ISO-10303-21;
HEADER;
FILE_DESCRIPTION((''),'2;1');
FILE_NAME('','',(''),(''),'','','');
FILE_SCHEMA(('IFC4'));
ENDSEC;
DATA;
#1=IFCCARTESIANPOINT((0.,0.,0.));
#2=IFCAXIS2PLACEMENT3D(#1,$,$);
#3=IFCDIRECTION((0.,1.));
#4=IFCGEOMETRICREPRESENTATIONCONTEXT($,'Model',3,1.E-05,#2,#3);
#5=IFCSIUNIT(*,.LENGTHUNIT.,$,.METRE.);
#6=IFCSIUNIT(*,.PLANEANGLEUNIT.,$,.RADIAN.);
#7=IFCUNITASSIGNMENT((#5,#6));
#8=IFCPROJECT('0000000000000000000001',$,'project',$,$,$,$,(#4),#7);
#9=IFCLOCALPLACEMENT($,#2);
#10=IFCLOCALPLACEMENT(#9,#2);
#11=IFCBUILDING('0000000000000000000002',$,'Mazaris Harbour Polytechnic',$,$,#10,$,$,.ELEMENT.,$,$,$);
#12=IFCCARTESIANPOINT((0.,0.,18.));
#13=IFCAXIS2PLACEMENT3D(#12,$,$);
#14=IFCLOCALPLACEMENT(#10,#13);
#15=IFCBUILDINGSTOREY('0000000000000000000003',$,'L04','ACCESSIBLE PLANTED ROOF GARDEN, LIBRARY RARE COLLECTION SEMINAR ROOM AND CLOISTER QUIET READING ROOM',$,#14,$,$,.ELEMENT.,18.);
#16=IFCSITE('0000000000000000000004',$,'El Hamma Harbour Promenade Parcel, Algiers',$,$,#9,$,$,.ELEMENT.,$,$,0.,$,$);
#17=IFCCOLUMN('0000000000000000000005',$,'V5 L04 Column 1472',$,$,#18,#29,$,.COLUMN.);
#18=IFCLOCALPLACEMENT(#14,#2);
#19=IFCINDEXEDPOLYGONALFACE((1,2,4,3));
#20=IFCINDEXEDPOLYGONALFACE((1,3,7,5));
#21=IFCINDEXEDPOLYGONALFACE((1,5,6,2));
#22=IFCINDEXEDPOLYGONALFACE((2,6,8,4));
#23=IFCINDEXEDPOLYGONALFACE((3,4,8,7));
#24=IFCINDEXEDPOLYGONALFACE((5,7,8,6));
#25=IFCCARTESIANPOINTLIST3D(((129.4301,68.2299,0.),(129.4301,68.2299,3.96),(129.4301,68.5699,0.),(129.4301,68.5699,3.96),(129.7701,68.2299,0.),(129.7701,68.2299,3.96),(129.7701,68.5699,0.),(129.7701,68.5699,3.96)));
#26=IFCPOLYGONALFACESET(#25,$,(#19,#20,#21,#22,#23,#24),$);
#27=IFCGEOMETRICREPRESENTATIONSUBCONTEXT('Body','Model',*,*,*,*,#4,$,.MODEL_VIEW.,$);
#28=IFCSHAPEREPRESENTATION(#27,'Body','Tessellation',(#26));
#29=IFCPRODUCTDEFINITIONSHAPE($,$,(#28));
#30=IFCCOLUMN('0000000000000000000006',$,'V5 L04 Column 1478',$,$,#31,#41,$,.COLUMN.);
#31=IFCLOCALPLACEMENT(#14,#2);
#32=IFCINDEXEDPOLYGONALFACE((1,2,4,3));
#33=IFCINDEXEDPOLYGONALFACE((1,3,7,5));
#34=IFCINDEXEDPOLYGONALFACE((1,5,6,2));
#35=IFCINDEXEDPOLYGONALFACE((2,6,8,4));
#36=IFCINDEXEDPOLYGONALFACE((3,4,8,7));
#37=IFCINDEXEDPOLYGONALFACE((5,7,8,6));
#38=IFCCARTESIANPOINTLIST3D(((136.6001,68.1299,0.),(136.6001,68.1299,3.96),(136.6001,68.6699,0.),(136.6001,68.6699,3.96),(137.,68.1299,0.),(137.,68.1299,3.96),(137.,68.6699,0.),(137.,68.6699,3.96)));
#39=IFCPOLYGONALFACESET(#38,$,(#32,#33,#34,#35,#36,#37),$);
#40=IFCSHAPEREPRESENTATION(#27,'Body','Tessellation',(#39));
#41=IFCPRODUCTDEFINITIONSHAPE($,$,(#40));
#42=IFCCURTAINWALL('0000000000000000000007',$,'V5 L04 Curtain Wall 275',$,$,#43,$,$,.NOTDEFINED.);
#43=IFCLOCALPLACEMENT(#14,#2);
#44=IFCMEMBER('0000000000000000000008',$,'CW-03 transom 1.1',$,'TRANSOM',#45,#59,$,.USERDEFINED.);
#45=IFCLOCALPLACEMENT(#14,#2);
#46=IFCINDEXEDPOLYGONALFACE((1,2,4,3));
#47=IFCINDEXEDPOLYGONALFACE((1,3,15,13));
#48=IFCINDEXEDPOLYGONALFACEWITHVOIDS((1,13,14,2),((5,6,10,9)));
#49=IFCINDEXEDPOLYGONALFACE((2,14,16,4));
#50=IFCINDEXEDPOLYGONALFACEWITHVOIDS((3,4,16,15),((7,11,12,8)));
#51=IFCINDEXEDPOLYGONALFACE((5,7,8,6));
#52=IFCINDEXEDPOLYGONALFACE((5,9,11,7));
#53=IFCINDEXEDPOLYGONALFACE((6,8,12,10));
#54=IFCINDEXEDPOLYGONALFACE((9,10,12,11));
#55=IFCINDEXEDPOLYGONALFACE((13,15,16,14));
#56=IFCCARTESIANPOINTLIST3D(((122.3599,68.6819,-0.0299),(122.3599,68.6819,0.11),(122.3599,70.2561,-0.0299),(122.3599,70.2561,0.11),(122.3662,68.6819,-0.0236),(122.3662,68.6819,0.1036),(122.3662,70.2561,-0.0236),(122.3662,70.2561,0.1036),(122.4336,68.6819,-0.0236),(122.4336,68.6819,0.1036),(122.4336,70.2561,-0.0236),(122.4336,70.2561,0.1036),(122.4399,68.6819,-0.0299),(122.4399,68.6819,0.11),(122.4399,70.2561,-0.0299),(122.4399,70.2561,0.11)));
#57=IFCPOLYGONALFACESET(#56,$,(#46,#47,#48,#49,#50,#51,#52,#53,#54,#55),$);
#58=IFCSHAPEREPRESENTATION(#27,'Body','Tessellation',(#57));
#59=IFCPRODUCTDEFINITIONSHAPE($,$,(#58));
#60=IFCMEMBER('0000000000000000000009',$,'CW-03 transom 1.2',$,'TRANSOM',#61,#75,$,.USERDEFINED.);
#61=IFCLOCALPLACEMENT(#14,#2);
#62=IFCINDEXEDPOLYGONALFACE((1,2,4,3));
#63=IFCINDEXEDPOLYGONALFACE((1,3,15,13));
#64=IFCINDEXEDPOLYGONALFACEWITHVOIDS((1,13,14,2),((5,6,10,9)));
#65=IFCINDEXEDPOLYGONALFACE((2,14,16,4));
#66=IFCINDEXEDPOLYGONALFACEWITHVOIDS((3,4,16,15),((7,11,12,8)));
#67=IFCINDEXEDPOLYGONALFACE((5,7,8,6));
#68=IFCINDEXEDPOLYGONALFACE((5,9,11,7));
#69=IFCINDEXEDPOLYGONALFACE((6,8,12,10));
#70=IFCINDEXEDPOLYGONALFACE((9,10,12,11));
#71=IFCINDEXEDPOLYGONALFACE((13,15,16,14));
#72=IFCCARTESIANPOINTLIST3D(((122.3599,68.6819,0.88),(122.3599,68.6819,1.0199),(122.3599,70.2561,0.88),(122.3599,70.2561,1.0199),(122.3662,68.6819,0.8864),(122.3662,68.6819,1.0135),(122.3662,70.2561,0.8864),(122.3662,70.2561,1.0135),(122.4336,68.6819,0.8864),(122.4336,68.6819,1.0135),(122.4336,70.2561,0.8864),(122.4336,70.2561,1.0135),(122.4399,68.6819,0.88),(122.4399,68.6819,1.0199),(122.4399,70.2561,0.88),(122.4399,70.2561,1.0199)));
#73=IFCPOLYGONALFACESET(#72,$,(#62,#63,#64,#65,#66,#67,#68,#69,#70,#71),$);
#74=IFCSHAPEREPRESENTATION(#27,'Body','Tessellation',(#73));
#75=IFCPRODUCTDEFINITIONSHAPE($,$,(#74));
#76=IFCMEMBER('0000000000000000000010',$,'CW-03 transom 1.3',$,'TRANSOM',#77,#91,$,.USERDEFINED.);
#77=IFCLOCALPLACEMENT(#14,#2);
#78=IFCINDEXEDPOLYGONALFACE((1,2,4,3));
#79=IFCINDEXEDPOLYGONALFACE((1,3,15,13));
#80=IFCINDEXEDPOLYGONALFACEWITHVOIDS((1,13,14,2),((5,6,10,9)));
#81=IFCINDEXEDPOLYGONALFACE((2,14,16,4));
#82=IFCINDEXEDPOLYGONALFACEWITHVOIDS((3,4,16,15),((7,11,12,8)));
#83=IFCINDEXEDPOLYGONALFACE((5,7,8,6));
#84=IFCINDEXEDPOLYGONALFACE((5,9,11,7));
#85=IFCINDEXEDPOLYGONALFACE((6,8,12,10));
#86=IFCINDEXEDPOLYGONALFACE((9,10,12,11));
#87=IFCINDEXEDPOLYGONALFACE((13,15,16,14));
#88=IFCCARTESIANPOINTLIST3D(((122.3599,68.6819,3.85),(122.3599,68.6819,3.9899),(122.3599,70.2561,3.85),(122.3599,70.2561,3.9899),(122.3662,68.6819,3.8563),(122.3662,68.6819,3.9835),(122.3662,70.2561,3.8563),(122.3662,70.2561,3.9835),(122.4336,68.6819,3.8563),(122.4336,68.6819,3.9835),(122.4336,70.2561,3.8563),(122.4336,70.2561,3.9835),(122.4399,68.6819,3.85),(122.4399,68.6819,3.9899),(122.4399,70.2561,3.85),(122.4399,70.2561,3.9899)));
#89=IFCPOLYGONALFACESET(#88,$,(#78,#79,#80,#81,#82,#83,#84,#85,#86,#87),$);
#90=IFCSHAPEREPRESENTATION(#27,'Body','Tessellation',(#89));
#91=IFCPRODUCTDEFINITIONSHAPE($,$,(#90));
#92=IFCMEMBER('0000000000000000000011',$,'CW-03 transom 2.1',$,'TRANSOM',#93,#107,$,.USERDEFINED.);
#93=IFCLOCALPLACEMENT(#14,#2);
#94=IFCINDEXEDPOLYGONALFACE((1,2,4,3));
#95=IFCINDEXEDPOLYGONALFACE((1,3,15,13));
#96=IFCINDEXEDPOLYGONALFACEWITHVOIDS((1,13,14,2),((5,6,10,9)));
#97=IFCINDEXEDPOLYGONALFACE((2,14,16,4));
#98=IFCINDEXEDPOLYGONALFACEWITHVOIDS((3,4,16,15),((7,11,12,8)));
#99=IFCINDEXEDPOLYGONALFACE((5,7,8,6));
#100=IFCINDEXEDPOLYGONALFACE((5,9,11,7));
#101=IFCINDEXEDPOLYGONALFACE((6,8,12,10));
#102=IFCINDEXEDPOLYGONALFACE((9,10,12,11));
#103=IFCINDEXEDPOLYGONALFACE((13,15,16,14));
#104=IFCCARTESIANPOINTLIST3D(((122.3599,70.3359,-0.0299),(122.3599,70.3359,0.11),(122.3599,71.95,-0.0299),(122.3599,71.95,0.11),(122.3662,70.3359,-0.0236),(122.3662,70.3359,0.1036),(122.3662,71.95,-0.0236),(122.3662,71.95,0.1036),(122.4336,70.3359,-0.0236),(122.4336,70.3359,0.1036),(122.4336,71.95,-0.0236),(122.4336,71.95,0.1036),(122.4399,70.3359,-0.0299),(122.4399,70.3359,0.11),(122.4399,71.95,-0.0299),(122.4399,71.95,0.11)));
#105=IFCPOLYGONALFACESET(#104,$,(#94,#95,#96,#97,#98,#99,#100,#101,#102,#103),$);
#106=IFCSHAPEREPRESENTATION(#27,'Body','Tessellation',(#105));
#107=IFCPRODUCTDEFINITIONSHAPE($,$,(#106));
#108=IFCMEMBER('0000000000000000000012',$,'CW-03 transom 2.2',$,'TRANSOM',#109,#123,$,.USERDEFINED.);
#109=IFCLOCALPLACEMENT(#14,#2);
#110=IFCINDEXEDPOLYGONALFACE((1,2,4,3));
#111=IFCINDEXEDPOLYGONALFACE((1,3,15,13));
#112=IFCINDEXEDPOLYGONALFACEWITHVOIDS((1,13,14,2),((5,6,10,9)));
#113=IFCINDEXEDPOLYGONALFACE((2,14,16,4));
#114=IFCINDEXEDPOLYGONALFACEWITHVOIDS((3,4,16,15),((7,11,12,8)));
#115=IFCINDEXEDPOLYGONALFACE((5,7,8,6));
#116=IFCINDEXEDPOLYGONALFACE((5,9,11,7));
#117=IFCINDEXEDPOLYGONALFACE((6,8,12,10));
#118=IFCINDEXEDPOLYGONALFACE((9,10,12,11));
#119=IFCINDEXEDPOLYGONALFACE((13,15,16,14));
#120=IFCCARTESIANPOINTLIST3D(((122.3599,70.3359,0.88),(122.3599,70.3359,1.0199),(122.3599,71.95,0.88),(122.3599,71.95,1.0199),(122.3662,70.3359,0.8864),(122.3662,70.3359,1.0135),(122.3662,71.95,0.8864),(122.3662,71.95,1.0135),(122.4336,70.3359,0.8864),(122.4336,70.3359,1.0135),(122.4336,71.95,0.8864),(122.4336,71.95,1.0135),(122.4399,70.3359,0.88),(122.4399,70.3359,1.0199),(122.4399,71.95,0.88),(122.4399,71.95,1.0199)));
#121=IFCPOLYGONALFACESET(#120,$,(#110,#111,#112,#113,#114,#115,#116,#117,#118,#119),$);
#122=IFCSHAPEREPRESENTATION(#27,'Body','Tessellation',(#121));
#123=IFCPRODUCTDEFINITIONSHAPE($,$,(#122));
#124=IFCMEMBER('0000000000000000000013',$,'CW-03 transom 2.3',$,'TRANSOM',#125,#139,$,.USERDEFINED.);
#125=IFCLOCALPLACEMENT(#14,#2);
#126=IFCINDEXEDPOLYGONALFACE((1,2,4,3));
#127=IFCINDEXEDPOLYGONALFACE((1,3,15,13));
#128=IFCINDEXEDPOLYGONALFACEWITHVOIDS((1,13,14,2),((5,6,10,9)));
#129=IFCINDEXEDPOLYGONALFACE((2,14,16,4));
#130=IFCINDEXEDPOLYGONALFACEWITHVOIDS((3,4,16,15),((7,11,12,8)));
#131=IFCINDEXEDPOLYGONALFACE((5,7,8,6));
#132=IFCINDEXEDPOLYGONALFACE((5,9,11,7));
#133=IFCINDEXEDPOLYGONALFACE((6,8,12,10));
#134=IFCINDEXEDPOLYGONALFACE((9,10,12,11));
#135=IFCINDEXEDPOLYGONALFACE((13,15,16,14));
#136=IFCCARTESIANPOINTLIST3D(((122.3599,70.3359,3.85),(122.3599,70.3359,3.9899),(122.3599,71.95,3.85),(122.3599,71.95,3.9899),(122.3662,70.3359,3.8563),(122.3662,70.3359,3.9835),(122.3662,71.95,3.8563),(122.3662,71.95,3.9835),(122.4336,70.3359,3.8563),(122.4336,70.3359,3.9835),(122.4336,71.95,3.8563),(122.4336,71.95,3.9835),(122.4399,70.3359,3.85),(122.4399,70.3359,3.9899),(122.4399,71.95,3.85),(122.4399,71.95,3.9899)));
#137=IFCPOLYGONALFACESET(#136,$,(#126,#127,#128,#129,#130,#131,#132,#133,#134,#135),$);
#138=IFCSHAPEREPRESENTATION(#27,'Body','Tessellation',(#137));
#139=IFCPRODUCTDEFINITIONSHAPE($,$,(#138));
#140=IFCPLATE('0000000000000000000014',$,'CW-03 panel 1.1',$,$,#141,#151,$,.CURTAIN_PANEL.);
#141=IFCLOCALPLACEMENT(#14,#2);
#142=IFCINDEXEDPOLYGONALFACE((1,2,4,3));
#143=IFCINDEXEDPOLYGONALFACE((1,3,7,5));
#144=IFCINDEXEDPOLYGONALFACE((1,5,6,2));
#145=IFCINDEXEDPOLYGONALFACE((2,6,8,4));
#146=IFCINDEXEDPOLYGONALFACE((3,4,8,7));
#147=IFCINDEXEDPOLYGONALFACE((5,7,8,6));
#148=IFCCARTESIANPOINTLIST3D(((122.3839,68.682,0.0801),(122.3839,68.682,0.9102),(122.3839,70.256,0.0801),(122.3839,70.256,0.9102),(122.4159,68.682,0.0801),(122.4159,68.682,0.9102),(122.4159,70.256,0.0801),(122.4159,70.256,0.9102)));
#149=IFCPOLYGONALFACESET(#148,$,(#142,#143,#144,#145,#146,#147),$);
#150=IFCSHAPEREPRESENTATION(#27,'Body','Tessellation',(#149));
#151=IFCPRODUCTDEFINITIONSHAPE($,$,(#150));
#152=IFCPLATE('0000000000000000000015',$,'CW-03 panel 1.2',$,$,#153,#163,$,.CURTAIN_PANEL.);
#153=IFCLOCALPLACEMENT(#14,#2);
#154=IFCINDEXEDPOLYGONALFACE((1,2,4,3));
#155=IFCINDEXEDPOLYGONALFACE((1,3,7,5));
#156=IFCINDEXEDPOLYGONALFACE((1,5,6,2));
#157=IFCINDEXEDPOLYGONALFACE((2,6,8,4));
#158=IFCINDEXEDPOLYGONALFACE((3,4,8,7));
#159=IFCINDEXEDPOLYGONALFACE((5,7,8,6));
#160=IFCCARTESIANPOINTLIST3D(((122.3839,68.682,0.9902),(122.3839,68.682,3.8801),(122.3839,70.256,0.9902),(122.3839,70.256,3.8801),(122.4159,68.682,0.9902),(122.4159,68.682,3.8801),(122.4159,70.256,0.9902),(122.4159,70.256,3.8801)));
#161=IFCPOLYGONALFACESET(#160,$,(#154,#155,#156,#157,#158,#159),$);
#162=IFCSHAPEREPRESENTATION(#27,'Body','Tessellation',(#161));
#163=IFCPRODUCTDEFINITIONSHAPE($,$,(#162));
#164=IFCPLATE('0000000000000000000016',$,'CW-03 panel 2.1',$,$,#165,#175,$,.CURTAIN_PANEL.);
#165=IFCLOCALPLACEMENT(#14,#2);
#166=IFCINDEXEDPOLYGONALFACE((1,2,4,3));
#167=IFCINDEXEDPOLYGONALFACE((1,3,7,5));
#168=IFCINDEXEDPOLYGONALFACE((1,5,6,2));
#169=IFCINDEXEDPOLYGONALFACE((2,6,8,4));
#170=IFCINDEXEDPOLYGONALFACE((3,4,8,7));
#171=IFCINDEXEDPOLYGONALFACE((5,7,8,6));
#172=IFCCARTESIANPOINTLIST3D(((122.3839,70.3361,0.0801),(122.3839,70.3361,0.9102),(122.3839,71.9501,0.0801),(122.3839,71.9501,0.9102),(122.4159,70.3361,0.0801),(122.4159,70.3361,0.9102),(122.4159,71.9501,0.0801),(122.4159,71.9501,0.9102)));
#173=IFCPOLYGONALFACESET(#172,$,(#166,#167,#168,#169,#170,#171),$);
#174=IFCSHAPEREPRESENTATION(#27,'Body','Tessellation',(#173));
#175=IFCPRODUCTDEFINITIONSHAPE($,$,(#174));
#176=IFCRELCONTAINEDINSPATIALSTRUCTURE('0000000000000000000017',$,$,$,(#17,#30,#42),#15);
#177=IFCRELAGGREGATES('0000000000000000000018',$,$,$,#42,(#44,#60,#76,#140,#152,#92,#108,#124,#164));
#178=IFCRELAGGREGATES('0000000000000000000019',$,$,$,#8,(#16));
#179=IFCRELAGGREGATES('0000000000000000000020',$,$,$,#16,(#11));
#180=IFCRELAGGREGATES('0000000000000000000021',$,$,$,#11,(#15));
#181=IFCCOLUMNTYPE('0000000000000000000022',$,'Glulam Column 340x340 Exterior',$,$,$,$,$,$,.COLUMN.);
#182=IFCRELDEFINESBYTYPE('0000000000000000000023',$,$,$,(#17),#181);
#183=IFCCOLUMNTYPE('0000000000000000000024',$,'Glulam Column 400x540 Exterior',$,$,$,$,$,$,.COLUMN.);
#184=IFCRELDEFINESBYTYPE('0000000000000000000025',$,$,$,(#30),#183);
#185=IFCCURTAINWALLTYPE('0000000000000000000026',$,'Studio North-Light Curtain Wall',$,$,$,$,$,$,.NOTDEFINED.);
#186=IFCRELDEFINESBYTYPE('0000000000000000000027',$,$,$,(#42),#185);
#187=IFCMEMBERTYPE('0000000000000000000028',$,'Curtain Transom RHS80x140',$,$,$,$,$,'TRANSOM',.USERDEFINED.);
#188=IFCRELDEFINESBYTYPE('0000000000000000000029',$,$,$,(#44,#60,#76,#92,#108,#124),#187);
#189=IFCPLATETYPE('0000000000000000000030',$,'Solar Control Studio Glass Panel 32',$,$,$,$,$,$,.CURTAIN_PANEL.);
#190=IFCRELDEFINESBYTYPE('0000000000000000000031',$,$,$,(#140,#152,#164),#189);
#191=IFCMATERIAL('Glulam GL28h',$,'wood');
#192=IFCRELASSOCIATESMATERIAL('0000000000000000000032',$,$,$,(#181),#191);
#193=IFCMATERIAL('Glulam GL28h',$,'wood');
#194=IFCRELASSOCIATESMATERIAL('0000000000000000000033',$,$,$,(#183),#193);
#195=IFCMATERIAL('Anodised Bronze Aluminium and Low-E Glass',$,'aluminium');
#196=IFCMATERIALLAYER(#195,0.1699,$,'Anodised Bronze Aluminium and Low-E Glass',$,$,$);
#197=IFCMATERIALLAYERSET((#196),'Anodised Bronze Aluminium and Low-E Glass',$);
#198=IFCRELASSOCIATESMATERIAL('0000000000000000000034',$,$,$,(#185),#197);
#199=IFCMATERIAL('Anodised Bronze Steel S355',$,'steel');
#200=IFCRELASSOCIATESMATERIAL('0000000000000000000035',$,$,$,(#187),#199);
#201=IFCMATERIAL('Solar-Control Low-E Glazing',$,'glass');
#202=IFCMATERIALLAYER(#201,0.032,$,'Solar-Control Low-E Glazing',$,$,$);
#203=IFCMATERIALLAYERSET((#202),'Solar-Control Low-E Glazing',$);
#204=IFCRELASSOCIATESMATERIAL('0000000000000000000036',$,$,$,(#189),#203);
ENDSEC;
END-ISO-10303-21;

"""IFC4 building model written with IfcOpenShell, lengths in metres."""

from ifc_helpers import new_model, si_unit, direction, frame, origin, origin_2d, place, context, subcontext, project, spatial, rectangle, hollow_rectangle, extrude, material, layer, layer_set, material_profile, profile_set, type_object, element, aggregate, save


model = new_model("IFC4")

# Units and contexts
model_context = context("Model", 3, precision=1e-05, world=origin(), true_north=direction((0.0, 1.0)))
body_context = subcontext(model_context, "Body", "Model", "MODEL_VIEW")
ifc_project = project(units=[si_unit("LENGTHUNIT", "METRE"), si_unit("PLANEANGLEUNIT", "RADIAN")], contexts=[model_context])

# Site, building, storey
site_placement = place(None, origin())
site = spatial("IfcSite", under=ifc_project, at=site_placement, Name="El Hamma Harbour Promenade Parcel, Algiers", CompositionType="ELEMENT", RefElevation=0.0)
building_placement = place(site_placement, origin())
building = spatial("IfcBuilding", under=site, at=building_placement, Name="Mazaris Harbour Polytechnic", CompositionType="ELEMENT")
storey_placement = place(building_placement, frame((0.0, 0.0, 18.0)))
storey = spatial("IfcBuildingStorey", under=building, at=storey_placement, Name="L04", Description="ACCESSIBLE PLANTED ROOF GARDEN, LIBRARY RARE COLLECTION SEMINAR ROOM AND CLOISTER QUIET READING ROOM", CompositionType="ELEMENT", Elevation=18.0)

# Columns
ifc_material_1 = material(Name="Glulam GL28h", Category="wood")
ifc_material_profile_1 = material_profile(ifc_material_1, rectangle(XDim=0.3401, YDim=0.3401, at=origin_2d()), Name="RECT340x340")
ifc_profile_set_1 = profile_set([ifc_material_profile_1], Name="Glulam GL28h")
column_type_1 = type_object("IfcColumnType", Name="Glulam Column 340x340 Exterior", PredefinedType="COLUMN", material=ifc_profile_set_1)
column_1_placement = place(storey_placement, frame((129.6001, 68.3999, 0.0), z_axis=(0.0, 0.0, 1.0), x_axis=(1.0, 0.0, 0.0)))
element("IfcColumn", 1, at=column_1_placement, inside=storey, type_object=column_type_1, Name="V5 L04 Column 1472", PredefinedType="COLUMN", context=body_context, shape_type="SweptSolid", body=[
    extrude(rectangle(XDim=0.3401, YDim=0.3401, at=origin_2d()), origin(), (0.0, 0.0, 1.0), 3.96),
])
ifc_material_2 = material(Name="Glulam GL28h", Category="wood")
ifc_material_profile_2 = material_profile(ifc_material_2, rectangle(XDim=0.3999, YDim=0.54, at=origin_2d()), Name="RECT400x540")
ifc_profile_set_2 = profile_set([ifc_material_profile_2], Name="Glulam GL28h")
column_type_2 = type_object("IfcColumnType", Name="Glulam Column 400x540 Exterior", PredefinedType="COLUMN", material=ifc_profile_set_2)
column_2_placement = place(storey_placement, frame((136.8, 68.3999, 0.0), z_axis=(0.0, 0.0, 1.0), x_axis=(1.0, 0.0, 0.0)))
element("IfcColumn", 2, at=column_2_placement, inside=storey, type_object=column_type_2, Name="V5 L04 Column 1478", PredefinedType="COLUMN", context=body_context, shape_type="SweptSolid", body=[
    extrude(rectangle(XDim=0.3999, YDim=0.54, at=origin_2d()), origin(), (0.0, 0.0, 1.0), 3.96),
])

# Curtain wall, members, plates
ifc_material_3 = material(Name="Anodised Bronze Aluminium and Low-E Glass", Category="aluminium")
ifc_layer_1 = layer(ifc_material_3, 0.1699, Name="Anodised Bronze Aluminium and Low-E Glass")
ifc_layer_set_1 = layer_set([ifc_layer_1], Name="Anodised Bronze Aluminium and Low-E Glass")
curtain_wall_type = type_object("IfcCurtainWallType", Name="Studio North-Light Curtain Wall", PredefinedType="NOTDEFINED", material=ifc_layer_set_1)
curtain_wall_placement = place(storey_placement, origin())
curtain_wall = element("IfcCurtainWall", 3, at=curtain_wall_placement, inside=storey, type_object=curtain_wall_type, Name="V5 L04 Curtain Wall 275", PredefinedType="NOTDEFINED")
ifc_material_4 = material(Name="Anodised Bronze Steel S355", Category="steel")
ifc_material_profile_3 = material_profile(ifc_material_4, hollow_rectangle(XDim=0.0801, YDim=0.1399, WallThickness=0.0063, at=origin_2d()), Name="RHS 80x140x6.3")
ifc_profile_set_3 = profile_set([ifc_material_profile_3], Name="Anodised Bronze Steel S355")
member_type = type_object("IfcMemberType", Name="Curtain Transom RHS80x140", ElementType="TRANSOM", PredefinedType="USERDEFINED", material=ifc_profile_set_3)
member_1_placement = place(storey_placement, frame((122.3999, 68.6819, 0.04), z_axis=(0.0, 1.0, 0.0), x_axis=(-1.0, 0.0, 0.0)))
member_1 = element("IfcMember", 4, at=member_1_placement, type_object=member_type, Name="CW-03 transom 1.1", ObjectType="TRANSOM", PredefinedType="USERDEFINED", context=body_context, shape_type="SweptSolid", body=[
    extrude(hollow_rectangle(XDim=0.0801, YDim=0.1399, WallThickness=0.0063, at=origin_2d()), origin(), (0.0, 0.0, 1.0), 1.5742),
])
member_2_placement = place(storey_placement, frame((122.3999, 68.6819, 0.95), z_axis=(0.0, 1.0, 0.0), x_axis=(-1.0, 0.0, 0.0)))
member_2 = element("IfcMember", 5, at=member_2_placement, type_object=member_type, Name="CW-03 transom 1.2", ObjectType="TRANSOM", PredefinedType="USERDEFINED", context=body_context, shape_type="SweptSolid", body=[
    extrude(hollow_rectangle(XDim=0.0801, YDim=0.1399, WallThickness=0.0063, at=origin_2d()), origin(), (0.0, 0.0, 1.0), 1.5742),
])
member_3_placement = place(storey_placement, frame((122.3999, 68.6819, 3.9199), z_axis=(0.0, 1.0, 0.0), x_axis=(-1.0, 0.0, 0.0)))
member_3 = element("IfcMember", 6, at=member_3_placement, type_object=member_type, Name="CW-03 transom 1.3", ObjectType="TRANSOM", PredefinedType="USERDEFINED", context=body_context, shape_type="SweptSolid", body=[
    extrude(hollow_rectangle(XDim=0.0801, YDim=0.1399, WallThickness=0.0063, at=origin_2d()), origin(), (0.0, 0.0, 1.0), 1.5742),
])
member_4_placement = place(storey_placement, frame((122.3999, 70.3359, 0.04), z_axis=(0.0, 1.0, 0.0), x_axis=(-1.0, 0.0, 0.0)))
member_4 = element("IfcMember", 7, at=member_4_placement, type_object=member_type, Name="CW-03 transom 2.1", ObjectType="TRANSOM", PredefinedType="USERDEFINED", context=body_context, shape_type="SweptSolid", body=[
    extrude(hollow_rectangle(XDim=0.0801, YDim=0.1399, WallThickness=0.0063, at=origin_2d()), origin(), (0.0, 0.0, 1.0), 1.614),
])
member_5_placement = place(storey_placement, frame((122.3999, 70.3359, 0.95), z_axis=(0.0, 1.0, 0.0), x_axis=(-1.0, 0.0, 0.0)))
member_5 = element("IfcMember", 8, at=member_5_placement, type_object=member_type, Name="CW-03 transom 2.2", ObjectType="TRANSOM", PredefinedType="USERDEFINED", context=body_context, shape_type="SweptSolid", body=[
    extrude(hollow_rectangle(XDim=0.0801, YDim=0.1399, WallThickness=0.0063, at=origin_2d()), origin(), (0.0, 0.0, 1.0), 1.614),
])
member_6_placement = place(storey_placement, frame((122.3999, 70.3359, 3.9199), z_axis=(0.0, 1.0, 0.0), x_axis=(-1.0, 0.0, 0.0)))
member_6 = element("IfcMember", 9, at=member_6_placement, type_object=member_type, Name="CW-03 transom 2.3", ObjectType="TRANSOM", PredefinedType="USERDEFINED", context=body_context, shape_type="SweptSolid", body=[
    extrude(hollow_rectangle(XDim=0.0801, YDim=0.1399, WallThickness=0.0063, at=origin_2d()), origin(), (0.0, 0.0, 1.0), 1.614),
])
ifc_material_5 = material(Name="Solar-Control Low-E Glazing", Category="glass")
ifc_layer_2 = layer(ifc_material_5, 0.032, Name="Solar-Control Low-E Glazing")
ifc_layer_set_2 = layer_set([ifc_layer_2], Name="Solar-Control Low-E Glazing")
plate_type = type_object("IfcPlateType", Name="Solar Control Studio Glass Panel 32", PredefinedType="CURTAIN_PANEL", material=ifc_layer_set_2)
plate_1_placement = place(storey_placement, frame((122.3999, 69.469, 0.0801), z_axis=(0.0, 0.0, 1.0), x_axis=(0.0, 1.0, 0.0)))
plate_1 = element("IfcPlate", 10, at=plate_1_placement, type_object=plate_type, Name="CW-03 panel 1.1", PredefinedType="CURTAIN_PANEL", context=body_context, shape_type="SweptSolid", body=[
    extrude(rectangle(XDim=1.574, YDim=0.032, at=origin_2d()), origin(), (0.0, 0.0, 1.0), 0.8301),
])
plate_2_placement = place(storey_placement, frame((122.3999, 69.469, 0.9902), z_axis=(0.0, 0.0, 1.0), x_axis=(0.0, 1.0, 0.0)))
plate_2 = element("IfcPlate", 11, at=plate_2_placement, type_object=plate_type, Name="CW-03 panel 1.2", PredefinedType="CURTAIN_PANEL", context=body_context, shape_type="SweptSolid", body=[
    extrude(rectangle(XDim=1.574, YDim=0.032, at=origin_2d()), origin(), (0.0, 0.0, 1.0), 2.8899),
])
plate_3_placement = place(storey_placement, frame((122.3999, 71.1431, 0.0801), z_axis=(0.0, 0.0, 1.0), x_axis=(0.0, 1.0, 0.0)))
plate_3 = element("IfcPlate", 12, at=plate_3_placement, type_object=plate_type, Name="CW-03 panel 2.1", PredefinedType="CURTAIN_PANEL", context=body_context, shape_type="SweptSolid", body=[
    extrude(rectangle(XDim=1.614, YDim=0.032, at=origin_2d()), origin(), (0.0, 0.0, 1.0), 0.8301),
])
aggregate(curtain_wall, [member_1, member_2, member_3, plate_1, plate_2, member_4, member_5, member_6, plate_3])

save(model, "model.ifc")
